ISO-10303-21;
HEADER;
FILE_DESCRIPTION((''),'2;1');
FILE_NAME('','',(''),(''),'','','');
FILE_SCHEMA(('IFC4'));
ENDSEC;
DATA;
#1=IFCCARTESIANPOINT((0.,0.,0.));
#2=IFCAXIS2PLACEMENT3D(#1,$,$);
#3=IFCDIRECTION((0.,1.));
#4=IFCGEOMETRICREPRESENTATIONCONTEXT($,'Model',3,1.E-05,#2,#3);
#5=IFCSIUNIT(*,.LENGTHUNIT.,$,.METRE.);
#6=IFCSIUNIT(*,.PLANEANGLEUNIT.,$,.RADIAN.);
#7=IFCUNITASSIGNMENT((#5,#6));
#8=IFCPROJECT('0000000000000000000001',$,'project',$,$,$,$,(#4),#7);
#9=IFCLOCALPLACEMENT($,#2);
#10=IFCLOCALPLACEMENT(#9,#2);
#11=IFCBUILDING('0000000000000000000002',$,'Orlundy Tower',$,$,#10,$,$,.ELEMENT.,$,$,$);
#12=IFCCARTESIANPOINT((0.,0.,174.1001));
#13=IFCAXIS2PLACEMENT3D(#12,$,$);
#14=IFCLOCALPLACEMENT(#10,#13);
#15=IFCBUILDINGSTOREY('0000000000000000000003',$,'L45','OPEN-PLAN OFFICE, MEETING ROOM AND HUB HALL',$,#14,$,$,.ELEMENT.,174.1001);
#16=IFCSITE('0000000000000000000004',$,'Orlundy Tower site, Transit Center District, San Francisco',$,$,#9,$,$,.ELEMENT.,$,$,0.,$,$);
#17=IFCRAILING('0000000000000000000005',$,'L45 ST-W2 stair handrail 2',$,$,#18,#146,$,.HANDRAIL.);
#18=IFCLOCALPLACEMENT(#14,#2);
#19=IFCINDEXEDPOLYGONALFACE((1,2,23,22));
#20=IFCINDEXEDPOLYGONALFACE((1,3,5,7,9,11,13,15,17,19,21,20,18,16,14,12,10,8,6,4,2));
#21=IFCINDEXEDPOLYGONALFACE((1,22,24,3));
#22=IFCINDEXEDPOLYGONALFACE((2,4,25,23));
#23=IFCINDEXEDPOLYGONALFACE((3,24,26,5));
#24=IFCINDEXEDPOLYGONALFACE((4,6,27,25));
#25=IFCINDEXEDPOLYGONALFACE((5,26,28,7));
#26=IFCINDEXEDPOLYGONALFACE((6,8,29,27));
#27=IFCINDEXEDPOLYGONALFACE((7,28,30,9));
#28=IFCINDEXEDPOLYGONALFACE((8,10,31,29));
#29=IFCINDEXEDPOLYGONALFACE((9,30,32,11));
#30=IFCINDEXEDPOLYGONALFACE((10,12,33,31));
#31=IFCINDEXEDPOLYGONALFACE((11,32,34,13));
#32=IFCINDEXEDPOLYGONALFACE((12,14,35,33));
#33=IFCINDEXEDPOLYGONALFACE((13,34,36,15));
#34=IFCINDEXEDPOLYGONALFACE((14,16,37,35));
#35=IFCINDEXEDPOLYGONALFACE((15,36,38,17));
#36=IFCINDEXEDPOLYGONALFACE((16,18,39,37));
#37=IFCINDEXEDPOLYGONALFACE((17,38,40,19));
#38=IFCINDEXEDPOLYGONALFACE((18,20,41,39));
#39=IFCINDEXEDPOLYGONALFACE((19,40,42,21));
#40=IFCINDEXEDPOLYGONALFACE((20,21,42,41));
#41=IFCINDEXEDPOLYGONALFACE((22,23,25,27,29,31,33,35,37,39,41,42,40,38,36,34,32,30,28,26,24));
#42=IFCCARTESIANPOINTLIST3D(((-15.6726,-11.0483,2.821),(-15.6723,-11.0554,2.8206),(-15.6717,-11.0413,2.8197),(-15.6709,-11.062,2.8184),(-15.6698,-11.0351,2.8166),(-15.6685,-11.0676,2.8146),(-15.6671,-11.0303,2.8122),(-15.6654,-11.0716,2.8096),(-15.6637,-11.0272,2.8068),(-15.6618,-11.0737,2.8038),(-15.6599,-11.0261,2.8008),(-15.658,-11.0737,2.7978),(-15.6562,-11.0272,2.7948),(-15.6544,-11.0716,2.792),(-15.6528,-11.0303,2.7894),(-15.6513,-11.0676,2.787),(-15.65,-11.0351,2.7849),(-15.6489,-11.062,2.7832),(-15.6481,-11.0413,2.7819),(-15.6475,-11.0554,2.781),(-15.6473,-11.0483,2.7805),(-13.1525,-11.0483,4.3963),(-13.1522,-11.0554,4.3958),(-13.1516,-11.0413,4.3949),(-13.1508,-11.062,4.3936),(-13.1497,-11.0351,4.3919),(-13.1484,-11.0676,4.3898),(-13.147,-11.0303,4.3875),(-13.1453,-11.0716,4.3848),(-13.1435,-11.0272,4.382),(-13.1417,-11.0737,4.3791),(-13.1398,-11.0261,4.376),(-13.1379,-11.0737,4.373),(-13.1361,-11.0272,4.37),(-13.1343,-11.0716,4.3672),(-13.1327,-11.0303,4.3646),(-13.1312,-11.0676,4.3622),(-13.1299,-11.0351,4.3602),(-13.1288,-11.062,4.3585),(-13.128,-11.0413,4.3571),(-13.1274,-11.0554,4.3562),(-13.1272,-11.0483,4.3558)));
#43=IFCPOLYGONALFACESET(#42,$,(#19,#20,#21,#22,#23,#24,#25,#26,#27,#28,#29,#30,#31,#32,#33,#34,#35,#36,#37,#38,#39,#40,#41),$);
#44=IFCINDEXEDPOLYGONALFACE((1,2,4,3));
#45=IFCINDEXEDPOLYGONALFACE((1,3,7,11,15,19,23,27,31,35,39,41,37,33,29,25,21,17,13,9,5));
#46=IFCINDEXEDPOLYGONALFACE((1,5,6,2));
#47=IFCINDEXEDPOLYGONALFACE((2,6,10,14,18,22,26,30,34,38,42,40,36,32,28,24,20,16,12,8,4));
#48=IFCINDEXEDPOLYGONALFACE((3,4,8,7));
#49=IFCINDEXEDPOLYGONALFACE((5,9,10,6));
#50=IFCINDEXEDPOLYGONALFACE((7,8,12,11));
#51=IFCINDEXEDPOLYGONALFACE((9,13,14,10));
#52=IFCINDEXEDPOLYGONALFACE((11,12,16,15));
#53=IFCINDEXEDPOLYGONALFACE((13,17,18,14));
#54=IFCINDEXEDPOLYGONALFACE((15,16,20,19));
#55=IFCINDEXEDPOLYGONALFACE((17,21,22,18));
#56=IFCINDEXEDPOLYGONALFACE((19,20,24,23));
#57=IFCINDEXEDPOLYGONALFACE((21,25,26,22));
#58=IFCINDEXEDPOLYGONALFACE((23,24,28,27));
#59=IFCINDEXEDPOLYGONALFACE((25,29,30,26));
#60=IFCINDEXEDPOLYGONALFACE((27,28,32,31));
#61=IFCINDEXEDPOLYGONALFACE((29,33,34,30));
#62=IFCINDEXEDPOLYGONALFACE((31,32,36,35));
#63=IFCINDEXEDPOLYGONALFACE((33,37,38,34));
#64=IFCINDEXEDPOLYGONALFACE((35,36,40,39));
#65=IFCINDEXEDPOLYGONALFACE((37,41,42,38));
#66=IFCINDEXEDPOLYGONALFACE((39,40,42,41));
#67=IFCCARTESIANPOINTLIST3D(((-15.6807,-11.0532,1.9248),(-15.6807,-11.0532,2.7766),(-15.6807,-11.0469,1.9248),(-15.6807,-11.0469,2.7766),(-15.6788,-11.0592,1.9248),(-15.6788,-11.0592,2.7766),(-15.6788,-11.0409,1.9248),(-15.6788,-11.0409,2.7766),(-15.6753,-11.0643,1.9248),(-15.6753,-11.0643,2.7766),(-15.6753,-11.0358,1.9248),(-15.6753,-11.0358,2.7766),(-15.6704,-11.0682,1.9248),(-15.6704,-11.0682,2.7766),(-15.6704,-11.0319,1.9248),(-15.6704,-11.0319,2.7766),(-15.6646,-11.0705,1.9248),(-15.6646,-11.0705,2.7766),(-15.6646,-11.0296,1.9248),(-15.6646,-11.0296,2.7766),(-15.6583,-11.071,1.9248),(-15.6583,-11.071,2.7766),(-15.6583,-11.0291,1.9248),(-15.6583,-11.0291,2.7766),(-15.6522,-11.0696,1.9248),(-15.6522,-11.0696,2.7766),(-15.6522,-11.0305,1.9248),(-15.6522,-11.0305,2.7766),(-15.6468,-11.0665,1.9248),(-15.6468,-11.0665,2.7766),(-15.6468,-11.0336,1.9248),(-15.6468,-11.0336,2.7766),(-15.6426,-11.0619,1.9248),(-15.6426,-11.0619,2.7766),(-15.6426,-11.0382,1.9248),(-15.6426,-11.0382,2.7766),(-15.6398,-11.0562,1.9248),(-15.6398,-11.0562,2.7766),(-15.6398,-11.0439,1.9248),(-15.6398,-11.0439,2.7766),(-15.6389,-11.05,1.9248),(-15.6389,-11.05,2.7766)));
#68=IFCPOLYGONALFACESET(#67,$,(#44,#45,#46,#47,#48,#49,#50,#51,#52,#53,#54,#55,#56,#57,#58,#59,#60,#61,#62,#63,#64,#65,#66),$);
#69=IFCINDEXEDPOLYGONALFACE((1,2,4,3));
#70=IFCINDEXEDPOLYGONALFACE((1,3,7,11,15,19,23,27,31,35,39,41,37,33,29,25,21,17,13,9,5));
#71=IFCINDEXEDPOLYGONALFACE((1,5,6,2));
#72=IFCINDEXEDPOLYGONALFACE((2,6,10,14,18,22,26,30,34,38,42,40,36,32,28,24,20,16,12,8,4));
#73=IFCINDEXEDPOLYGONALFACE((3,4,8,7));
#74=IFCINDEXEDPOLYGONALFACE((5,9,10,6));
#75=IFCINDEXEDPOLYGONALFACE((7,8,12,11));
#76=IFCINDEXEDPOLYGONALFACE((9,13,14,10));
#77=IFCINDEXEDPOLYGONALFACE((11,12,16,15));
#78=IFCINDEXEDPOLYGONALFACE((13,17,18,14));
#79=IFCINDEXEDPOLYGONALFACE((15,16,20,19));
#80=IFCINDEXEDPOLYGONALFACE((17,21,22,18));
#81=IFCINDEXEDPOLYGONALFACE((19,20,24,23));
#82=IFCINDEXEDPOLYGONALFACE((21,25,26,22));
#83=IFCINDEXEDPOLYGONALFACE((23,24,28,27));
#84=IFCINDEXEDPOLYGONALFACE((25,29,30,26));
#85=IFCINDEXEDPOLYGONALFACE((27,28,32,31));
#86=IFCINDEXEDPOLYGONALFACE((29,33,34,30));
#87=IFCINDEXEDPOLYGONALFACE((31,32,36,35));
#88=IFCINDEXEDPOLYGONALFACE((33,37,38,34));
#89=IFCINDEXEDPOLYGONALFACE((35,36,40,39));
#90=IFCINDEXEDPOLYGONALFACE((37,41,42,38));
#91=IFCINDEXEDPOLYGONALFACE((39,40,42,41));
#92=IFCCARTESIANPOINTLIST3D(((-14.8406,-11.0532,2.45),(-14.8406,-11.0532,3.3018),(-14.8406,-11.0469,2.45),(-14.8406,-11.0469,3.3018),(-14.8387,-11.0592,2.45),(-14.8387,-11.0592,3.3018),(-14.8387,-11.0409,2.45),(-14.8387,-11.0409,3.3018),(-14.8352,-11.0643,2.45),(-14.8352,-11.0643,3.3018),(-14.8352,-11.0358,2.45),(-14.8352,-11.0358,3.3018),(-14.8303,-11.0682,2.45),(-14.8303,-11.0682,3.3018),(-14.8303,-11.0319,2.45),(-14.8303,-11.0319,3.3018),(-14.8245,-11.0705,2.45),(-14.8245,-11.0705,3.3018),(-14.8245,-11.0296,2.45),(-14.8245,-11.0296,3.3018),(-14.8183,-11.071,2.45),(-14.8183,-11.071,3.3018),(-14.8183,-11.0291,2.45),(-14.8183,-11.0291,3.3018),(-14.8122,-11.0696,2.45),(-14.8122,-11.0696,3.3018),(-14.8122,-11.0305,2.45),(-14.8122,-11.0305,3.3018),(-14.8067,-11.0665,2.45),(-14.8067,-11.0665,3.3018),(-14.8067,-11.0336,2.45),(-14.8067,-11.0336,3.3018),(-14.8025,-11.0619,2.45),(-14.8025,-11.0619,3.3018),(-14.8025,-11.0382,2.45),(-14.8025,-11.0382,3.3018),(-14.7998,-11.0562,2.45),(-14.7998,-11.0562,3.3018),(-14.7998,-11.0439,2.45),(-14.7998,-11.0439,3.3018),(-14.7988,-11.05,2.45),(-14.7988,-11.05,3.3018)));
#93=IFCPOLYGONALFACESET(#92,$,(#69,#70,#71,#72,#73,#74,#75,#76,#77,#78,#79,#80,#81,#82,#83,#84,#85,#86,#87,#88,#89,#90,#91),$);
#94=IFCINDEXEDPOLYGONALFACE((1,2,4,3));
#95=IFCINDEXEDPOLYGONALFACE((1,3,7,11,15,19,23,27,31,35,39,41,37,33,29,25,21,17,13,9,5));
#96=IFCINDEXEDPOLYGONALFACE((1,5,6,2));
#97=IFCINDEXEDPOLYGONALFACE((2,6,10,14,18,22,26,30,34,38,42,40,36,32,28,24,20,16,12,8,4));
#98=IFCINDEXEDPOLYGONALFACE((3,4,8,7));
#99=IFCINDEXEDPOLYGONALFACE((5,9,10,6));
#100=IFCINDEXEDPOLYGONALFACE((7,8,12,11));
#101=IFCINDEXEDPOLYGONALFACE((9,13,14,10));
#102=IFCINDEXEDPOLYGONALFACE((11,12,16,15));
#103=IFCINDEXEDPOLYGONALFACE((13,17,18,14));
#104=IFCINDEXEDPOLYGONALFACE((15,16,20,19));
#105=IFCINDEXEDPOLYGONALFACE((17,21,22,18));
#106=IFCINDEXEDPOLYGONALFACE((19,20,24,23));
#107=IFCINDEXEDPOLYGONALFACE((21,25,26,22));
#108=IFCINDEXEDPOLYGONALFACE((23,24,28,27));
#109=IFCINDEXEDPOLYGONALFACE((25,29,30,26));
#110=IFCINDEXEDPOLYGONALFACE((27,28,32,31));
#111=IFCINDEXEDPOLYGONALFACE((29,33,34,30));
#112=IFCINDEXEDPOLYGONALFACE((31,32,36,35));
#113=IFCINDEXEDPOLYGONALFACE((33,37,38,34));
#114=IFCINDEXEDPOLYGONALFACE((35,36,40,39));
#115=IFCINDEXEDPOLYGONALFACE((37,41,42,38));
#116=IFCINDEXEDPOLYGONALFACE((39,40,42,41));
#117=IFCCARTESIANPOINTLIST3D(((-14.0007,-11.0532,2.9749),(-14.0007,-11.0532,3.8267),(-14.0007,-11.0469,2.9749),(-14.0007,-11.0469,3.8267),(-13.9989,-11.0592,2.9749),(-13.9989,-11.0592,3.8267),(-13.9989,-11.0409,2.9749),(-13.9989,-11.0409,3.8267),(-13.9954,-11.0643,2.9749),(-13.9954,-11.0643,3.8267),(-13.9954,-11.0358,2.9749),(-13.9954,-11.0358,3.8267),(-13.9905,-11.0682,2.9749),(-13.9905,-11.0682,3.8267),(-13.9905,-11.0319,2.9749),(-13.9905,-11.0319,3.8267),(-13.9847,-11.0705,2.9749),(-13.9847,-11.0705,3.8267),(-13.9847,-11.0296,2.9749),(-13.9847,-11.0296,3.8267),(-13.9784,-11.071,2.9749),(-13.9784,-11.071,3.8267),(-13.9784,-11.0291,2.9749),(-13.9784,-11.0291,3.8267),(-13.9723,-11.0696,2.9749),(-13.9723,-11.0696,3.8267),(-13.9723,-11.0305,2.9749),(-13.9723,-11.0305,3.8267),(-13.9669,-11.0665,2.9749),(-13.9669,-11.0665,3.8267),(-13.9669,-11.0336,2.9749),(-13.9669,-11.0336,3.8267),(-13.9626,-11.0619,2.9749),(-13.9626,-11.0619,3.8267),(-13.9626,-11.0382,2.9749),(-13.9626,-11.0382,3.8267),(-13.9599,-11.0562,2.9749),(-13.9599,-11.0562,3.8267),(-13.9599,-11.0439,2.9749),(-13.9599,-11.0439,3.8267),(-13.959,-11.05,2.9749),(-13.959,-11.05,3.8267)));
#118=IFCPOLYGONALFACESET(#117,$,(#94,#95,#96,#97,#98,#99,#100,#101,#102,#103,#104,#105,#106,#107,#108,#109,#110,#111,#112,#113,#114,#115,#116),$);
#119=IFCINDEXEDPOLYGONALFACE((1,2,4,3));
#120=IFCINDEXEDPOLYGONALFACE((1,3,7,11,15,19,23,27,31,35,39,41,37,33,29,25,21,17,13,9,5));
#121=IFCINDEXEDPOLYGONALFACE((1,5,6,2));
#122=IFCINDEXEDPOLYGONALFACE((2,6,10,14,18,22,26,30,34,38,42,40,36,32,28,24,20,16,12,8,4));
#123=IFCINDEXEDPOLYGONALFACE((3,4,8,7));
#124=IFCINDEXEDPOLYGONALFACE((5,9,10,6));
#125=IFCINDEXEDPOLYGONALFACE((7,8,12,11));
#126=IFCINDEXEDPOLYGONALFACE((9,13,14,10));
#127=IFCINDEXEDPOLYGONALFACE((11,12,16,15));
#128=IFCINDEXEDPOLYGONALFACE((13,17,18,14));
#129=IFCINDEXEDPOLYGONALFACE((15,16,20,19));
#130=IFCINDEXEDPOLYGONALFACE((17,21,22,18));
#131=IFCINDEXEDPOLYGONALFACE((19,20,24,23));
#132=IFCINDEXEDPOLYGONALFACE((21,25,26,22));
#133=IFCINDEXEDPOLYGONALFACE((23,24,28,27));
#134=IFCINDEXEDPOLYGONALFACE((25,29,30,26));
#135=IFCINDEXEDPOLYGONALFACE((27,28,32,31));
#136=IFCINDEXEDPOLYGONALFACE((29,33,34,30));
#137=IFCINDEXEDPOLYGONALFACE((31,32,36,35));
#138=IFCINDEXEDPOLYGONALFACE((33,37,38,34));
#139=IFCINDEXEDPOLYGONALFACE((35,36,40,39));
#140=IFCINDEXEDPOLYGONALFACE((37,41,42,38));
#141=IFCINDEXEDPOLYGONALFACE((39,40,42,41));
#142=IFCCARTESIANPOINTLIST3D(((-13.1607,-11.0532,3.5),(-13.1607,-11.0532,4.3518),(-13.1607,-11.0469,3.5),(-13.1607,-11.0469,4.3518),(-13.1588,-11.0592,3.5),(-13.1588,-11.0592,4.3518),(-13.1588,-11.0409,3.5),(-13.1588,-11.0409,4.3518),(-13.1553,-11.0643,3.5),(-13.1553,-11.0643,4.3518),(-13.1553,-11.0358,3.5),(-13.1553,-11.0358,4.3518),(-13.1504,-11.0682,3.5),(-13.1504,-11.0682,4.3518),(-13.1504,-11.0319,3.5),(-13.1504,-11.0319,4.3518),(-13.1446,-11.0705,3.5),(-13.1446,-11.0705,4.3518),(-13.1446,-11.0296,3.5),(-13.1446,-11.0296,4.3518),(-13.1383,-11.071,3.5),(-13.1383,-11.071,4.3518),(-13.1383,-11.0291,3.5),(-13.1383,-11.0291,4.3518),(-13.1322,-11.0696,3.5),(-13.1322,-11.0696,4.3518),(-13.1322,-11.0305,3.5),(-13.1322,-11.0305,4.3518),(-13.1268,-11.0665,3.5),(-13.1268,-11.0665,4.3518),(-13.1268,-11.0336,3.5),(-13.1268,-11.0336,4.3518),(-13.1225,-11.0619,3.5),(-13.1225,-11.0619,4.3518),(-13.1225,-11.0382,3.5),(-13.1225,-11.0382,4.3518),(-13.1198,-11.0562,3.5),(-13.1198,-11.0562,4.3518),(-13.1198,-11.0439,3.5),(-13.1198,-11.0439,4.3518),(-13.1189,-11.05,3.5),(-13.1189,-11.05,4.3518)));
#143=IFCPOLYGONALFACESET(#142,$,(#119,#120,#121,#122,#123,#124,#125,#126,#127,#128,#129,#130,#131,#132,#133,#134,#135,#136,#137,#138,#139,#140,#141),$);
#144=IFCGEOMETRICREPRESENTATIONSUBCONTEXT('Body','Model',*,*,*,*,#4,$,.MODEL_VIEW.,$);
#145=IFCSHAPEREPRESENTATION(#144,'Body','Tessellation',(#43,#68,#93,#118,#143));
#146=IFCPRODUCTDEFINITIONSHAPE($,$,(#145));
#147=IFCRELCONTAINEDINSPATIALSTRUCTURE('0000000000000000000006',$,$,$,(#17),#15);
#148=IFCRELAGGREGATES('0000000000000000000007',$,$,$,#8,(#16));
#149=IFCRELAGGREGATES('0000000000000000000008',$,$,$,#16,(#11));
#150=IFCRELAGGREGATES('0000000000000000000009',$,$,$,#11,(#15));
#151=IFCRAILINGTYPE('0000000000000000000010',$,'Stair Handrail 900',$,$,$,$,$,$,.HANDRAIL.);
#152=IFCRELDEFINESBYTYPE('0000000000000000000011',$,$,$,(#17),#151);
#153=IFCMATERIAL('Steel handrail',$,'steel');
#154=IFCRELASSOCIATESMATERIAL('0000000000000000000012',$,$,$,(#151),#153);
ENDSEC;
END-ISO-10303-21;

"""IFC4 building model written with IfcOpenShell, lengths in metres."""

from ifc_helpers import new_model, si_unit, direction, frame, origin, origin_2d, place, context, subcontext, project, spatial, circle, extrude, material, type_object, element, save


model = new_model("IFC4")

# Units and contexts
model_context = context("Model", 3, precision=1e-05, world=origin(), true_north=direction((0.0, 1.0)))
body_context = subcontext(model_context, "Body", "Model", "MODEL_VIEW")
ifc_project = project(units=[si_unit("LENGTHUNIT", "METRE"), si_unit("PLANEANGLEUNIT", "RADIAN")], contexts=[model_context])

# Site, building, storey
site_placement = place(None, origin())
site = spatial("IfcSite", under=ifc_project, at=site_placement, Name="Orlundy Tower site, Transit Center District, San Francisco", CompositionType="ELEMENT", RefElevation=0.0)
building_placement = place(site_placement, origin())
building = spatial("IfcBuilding", under=site, at=building_placement, Name="Orlundy Tower", CompositionType="ELEMENT")
storey_placement = place(building_placement, frame((0.0, 0.0, 174.1001)))
storey = spatial("IfcBuildingStorey", under=building, at=storey_placement, Name="L45", Description="OPEN-PLAN OFFICE, MEETING ROOM AND HUB HALL", CompositionType="ELEMENT", Elevation=174.1001)

# Railing
ifc_material_1 = material(Name="Steel handrail", Category="steel")
railing_type = type_object("IfcRailingType", Name="Stair Handrail 900", PredefinedType="HANDRAIL", material=ifc_material_1)
railing_placement = place(storey_placement, frame((-15.6599, -11.05, 1.9248)))
element("IfcRailing", 1, at=railing_placement, inside=storey, type_object=railing_type, Name="L45 ST-W2 stair handrail 2", PredefinedType="HANDRAIL", context=body_context, shape_type="SweptSolid", body=[
    extrude(circle(Radius=0.0239, at=origin_2d()), frame((0.0, 0.0, 0.876), z_axis=(0.847971, 0.0, 0.530043), x_axis=(0.0, 1.0, 0.0)), (0.0, 0.0, 1.0), 2.9719),
    extrude(circle(Radius=0.021, at=origin_2d()), origin(), (0.0, 0.0, 1.0), 0.8518),
    extrude(circle(Radius=0.021, at=origin_2d()), frame((0.8401, 0.0, 0.5251)), (0.0, 0.0, 1.0), 0.8518),
    extrude(circle(Radius=0.021, at=origin_2d()), frame((1.6799, 0.0, 1.05)), (0.0, 0.0, 1.0), 0.8518),
    extrude(circle(Radius=0.021, at=origin_2d()), frame((2.52, 0.0, 1.5752)), (0.0, 0.0, 1.0), 0.8518),
])

save(model, "model.ifc")
